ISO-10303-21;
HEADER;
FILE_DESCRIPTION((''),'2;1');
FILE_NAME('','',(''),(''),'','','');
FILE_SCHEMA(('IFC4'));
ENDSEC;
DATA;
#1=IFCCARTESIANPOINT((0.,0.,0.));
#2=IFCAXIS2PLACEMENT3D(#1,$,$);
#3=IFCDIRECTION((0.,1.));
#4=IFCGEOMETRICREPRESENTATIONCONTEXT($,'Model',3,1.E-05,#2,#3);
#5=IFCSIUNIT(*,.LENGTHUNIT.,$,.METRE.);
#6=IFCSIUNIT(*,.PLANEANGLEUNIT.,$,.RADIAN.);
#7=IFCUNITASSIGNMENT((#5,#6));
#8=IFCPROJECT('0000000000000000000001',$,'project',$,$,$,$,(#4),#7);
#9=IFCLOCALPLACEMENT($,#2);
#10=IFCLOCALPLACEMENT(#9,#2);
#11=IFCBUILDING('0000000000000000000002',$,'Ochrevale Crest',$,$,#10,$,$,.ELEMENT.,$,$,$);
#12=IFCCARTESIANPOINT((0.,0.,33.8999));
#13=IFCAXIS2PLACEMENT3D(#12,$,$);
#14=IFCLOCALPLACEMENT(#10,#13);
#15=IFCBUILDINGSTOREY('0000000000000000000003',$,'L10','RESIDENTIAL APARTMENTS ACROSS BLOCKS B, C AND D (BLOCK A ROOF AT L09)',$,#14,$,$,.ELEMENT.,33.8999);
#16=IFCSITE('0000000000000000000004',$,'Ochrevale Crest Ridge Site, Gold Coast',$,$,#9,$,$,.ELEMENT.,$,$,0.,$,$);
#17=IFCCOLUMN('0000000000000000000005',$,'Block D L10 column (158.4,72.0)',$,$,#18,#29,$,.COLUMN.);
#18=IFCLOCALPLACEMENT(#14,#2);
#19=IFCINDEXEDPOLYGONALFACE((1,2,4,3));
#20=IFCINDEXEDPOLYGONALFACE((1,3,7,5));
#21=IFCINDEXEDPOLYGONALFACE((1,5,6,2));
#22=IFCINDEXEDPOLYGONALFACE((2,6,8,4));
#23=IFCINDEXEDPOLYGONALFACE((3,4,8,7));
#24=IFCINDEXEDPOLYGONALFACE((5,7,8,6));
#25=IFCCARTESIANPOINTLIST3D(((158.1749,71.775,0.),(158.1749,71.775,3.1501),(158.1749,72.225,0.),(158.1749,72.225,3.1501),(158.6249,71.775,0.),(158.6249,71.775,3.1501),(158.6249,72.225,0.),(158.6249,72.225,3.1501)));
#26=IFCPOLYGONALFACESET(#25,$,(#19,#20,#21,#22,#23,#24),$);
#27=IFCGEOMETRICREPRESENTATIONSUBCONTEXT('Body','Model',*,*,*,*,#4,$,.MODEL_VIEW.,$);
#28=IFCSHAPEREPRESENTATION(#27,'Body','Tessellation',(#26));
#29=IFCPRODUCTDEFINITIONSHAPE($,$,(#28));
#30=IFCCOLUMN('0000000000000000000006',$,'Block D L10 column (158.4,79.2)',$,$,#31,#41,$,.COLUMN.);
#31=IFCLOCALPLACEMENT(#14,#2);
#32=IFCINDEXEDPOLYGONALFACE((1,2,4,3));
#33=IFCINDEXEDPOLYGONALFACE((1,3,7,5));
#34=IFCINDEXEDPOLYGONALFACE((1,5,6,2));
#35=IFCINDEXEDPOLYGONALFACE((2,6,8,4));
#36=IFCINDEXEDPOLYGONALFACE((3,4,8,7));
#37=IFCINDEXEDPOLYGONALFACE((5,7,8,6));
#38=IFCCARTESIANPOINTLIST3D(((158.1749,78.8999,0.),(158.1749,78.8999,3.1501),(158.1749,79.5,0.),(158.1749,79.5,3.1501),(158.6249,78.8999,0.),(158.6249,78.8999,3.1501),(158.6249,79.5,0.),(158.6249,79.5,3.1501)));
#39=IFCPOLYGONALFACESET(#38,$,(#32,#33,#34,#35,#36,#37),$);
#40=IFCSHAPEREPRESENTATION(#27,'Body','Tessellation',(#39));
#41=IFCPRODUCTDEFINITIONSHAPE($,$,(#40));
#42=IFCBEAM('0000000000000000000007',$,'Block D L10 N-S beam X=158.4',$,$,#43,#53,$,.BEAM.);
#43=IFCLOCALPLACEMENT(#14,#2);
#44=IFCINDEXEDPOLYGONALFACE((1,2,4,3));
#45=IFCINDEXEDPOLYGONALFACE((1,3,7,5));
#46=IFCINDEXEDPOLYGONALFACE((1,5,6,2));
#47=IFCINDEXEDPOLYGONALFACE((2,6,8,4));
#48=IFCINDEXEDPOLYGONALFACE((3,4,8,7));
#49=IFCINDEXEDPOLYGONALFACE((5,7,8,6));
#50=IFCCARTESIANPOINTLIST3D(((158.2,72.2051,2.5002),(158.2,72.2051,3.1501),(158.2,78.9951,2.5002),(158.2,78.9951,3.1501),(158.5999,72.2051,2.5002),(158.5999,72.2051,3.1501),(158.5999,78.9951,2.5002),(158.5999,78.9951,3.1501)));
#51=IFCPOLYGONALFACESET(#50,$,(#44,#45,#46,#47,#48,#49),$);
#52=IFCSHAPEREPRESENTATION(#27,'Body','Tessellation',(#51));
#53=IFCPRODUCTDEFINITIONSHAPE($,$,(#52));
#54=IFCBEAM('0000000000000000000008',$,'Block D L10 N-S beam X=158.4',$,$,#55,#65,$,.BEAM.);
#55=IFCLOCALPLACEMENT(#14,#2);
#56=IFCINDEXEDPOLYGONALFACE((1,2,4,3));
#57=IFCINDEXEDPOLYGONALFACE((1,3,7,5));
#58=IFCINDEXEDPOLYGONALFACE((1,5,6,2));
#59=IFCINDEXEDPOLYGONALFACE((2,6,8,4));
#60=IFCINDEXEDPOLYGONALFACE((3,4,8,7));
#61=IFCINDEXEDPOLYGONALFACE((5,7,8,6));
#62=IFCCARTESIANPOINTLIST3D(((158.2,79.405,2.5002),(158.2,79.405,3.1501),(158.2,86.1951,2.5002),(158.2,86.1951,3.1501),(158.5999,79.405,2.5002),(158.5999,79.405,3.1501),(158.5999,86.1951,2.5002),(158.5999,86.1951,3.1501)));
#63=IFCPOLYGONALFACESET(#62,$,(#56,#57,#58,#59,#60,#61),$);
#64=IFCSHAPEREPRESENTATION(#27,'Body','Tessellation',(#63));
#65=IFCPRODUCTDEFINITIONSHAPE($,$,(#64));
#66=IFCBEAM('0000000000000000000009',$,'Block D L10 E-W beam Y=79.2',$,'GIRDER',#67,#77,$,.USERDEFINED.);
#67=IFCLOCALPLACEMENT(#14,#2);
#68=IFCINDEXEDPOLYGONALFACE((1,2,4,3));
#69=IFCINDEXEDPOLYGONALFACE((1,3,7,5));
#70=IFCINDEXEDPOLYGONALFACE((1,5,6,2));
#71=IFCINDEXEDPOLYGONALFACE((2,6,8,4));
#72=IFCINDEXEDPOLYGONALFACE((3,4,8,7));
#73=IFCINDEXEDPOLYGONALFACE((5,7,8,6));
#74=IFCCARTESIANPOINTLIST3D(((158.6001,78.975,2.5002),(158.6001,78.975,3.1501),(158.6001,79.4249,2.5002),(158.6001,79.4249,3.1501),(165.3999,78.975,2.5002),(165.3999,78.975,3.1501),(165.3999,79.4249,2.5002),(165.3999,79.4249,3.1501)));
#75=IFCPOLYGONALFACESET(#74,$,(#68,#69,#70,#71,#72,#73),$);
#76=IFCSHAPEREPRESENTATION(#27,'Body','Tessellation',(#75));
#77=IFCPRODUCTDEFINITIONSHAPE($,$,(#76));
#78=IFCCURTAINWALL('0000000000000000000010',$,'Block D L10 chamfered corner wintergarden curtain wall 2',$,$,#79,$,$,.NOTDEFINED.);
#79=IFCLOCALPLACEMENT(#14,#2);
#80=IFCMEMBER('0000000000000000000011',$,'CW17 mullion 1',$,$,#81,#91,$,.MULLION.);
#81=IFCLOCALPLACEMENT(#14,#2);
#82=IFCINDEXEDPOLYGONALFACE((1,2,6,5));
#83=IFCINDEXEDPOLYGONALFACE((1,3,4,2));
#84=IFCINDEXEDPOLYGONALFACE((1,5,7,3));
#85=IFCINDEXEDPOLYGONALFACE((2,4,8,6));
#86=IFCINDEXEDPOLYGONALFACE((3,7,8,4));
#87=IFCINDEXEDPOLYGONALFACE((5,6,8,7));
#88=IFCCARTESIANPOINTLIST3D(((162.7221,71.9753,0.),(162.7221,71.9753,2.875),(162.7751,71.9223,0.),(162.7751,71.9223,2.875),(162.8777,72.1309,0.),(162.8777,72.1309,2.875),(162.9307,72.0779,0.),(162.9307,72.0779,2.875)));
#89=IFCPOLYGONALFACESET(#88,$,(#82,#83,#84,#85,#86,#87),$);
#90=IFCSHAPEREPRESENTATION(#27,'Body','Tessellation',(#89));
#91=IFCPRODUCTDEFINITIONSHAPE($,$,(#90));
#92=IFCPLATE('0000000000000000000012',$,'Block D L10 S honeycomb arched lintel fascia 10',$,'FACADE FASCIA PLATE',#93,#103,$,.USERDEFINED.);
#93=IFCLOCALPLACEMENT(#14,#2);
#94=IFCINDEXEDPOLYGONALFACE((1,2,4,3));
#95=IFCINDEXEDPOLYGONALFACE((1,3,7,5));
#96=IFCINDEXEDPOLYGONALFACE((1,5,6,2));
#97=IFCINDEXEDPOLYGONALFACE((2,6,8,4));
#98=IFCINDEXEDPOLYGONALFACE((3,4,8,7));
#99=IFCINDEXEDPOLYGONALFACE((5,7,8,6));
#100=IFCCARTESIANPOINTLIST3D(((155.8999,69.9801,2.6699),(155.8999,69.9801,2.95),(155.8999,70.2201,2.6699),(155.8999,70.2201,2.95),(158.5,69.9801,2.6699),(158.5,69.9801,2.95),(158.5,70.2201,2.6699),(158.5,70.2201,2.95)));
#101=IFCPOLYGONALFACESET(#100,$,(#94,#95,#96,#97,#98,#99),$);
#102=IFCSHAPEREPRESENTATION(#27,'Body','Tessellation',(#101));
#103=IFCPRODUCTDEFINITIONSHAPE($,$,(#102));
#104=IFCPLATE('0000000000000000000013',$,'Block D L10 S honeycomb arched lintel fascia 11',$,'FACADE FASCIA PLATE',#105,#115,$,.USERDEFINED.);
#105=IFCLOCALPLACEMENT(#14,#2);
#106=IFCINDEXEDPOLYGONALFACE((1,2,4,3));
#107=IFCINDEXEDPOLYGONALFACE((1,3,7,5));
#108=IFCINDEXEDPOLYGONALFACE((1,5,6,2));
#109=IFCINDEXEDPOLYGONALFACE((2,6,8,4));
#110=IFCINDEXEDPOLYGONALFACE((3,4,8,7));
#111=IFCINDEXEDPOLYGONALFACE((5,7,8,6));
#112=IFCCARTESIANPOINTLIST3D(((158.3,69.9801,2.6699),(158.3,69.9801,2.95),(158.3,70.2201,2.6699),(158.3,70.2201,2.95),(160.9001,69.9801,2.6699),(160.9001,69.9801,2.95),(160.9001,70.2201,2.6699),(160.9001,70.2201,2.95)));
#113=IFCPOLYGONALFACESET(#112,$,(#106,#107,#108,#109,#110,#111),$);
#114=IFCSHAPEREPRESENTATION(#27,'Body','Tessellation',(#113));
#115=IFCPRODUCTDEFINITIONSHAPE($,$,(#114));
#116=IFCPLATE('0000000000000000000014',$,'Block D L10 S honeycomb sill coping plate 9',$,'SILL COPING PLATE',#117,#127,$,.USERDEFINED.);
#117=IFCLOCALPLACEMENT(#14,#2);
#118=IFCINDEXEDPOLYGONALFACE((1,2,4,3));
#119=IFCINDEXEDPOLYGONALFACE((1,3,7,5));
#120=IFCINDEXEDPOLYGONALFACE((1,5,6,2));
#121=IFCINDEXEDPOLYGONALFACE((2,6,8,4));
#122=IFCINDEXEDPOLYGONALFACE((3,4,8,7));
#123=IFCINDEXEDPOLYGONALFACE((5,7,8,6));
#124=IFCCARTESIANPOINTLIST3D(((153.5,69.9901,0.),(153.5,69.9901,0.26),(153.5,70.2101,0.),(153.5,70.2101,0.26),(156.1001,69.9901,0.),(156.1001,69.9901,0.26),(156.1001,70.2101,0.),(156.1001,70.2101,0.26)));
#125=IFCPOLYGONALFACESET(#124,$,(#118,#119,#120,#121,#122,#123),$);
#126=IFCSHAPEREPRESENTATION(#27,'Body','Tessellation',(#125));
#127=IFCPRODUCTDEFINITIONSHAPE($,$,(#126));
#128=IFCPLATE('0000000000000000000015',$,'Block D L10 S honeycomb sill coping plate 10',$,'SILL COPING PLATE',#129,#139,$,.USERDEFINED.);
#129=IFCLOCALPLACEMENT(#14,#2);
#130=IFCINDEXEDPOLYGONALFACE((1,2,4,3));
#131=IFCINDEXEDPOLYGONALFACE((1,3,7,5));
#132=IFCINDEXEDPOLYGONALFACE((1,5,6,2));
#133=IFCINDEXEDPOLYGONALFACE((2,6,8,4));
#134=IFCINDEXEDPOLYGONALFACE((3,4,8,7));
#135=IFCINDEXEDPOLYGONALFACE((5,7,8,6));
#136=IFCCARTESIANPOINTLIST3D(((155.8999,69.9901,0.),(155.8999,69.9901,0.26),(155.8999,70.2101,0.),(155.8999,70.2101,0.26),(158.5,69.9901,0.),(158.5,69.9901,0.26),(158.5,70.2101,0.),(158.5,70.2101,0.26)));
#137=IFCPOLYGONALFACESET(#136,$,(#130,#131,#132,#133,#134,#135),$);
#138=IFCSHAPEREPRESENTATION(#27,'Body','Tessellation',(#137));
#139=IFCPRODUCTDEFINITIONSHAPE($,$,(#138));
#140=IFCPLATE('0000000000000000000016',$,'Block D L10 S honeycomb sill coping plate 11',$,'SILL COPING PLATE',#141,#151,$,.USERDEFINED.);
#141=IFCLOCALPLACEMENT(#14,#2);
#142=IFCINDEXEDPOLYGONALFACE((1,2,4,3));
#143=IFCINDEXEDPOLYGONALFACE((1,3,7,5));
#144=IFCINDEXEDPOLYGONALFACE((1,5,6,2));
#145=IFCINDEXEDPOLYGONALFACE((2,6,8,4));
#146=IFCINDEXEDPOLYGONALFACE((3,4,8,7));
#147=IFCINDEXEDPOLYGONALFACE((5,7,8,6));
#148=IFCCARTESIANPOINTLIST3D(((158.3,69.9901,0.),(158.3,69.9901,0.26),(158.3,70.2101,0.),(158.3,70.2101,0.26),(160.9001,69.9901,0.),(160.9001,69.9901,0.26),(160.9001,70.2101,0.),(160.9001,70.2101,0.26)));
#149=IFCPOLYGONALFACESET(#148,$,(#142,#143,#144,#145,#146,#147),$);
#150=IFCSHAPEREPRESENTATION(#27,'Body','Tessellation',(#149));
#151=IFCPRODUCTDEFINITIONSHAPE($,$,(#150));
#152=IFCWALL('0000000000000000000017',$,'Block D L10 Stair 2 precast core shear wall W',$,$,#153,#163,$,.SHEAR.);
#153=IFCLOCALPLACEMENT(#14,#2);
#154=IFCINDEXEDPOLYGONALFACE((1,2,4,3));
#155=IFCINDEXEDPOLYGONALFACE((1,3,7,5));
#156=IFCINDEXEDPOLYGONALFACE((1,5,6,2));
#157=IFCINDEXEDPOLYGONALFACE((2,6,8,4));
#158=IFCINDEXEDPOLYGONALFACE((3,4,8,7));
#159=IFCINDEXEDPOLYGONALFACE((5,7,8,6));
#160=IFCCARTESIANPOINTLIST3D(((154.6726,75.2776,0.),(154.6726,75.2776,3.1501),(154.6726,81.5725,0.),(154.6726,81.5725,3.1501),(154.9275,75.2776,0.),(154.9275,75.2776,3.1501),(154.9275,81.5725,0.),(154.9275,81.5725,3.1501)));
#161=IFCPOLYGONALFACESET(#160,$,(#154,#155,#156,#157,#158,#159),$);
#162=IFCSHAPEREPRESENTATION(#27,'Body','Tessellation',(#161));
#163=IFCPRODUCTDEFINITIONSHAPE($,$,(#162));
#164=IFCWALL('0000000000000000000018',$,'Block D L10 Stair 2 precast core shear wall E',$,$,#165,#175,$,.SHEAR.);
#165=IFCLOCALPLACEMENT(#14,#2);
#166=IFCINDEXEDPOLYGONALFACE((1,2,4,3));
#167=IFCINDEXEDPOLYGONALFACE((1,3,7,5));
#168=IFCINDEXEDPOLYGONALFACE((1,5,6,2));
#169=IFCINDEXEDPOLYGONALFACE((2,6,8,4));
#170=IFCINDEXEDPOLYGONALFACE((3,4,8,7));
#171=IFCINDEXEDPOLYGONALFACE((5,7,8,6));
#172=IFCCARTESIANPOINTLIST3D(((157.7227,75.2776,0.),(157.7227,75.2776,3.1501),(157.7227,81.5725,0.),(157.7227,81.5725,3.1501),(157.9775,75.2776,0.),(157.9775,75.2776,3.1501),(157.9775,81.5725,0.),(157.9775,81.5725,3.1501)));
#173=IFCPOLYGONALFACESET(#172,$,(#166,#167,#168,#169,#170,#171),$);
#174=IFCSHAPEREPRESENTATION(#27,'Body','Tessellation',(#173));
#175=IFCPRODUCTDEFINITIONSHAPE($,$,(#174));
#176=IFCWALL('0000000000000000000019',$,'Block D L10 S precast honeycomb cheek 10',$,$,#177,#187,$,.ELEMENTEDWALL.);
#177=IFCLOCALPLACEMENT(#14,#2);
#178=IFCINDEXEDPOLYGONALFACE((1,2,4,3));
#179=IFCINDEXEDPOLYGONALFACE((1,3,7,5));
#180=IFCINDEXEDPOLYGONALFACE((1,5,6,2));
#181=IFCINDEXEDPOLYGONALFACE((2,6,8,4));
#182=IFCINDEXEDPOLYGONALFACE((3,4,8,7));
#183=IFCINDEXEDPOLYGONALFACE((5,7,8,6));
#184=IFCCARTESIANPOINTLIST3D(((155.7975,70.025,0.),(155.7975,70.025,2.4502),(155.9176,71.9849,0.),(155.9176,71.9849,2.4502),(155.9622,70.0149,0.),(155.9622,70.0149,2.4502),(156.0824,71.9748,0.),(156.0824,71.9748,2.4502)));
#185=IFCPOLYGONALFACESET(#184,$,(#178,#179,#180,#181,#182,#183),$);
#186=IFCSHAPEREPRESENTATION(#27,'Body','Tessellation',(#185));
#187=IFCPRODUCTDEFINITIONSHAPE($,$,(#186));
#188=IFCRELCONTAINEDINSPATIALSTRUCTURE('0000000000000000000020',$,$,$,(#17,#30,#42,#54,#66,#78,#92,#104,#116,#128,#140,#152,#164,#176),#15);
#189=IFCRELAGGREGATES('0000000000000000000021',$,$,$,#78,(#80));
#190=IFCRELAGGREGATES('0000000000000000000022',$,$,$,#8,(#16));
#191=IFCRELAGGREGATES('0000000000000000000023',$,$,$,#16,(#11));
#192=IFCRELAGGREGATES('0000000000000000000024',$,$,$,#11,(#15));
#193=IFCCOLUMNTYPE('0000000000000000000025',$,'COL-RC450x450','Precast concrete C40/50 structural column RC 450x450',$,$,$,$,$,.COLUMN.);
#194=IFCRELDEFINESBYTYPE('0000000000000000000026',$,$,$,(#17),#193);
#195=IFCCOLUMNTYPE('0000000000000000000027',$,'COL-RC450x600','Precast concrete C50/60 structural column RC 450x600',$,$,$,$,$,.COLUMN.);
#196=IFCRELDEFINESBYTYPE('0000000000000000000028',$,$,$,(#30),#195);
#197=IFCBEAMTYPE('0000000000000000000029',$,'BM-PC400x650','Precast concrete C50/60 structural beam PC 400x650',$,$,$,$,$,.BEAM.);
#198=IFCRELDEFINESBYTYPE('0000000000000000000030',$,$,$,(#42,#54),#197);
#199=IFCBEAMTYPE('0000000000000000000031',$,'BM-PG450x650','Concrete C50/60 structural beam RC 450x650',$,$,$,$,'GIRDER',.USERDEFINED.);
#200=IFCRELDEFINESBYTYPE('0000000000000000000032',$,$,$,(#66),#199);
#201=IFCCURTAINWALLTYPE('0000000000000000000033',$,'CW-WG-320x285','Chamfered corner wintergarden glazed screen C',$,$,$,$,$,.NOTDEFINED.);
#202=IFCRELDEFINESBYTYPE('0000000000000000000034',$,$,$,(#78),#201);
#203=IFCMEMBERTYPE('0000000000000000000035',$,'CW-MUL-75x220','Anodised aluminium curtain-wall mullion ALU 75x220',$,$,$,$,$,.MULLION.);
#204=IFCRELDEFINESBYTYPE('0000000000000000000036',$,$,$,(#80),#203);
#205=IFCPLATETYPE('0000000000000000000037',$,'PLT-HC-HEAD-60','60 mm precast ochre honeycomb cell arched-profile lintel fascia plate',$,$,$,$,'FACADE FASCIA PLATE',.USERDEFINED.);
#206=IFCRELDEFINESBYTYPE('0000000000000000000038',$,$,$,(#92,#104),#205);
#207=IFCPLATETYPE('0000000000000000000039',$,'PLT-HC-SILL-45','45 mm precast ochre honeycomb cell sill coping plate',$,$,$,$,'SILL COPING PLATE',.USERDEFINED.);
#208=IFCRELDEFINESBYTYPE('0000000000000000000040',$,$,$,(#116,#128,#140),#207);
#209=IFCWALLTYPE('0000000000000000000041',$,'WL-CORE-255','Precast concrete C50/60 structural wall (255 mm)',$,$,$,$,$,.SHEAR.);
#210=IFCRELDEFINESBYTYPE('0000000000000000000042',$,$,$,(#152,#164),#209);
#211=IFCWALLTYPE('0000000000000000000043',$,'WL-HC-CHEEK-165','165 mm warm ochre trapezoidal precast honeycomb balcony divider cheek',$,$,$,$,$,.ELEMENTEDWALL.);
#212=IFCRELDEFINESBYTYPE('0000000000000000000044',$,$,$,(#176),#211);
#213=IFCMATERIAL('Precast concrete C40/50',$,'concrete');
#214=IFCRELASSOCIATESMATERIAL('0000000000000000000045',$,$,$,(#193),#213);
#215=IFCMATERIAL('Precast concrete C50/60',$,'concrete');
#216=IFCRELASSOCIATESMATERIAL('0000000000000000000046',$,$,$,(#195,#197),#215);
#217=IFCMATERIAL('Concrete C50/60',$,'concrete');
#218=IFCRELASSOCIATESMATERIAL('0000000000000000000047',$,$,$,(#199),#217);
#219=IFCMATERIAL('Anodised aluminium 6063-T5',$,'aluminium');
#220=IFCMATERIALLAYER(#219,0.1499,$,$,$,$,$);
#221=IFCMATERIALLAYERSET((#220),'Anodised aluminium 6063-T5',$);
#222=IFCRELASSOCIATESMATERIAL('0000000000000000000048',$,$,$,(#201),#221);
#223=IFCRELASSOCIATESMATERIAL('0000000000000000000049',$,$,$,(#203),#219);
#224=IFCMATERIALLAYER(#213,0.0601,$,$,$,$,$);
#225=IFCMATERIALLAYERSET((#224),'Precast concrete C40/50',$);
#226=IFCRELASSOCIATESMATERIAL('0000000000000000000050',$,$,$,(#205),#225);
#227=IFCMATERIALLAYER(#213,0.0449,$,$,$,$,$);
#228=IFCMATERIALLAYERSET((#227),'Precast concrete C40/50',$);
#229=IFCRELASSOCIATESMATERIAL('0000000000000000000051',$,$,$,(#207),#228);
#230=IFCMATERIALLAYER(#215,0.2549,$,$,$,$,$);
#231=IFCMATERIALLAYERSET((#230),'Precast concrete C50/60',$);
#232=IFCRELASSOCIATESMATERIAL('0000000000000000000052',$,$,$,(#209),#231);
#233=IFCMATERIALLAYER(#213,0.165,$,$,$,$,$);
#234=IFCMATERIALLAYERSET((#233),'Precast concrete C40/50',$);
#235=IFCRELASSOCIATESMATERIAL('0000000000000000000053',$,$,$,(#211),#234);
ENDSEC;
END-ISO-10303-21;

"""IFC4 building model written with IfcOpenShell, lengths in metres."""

from ifc_helpers import new_model, si_unit, direction, frame, frame_2d, origin, origin_2d, place, context, subcontext, project, spatial, rectangle, extrude, material, layer, layer_set, material_profile, profile_set, type_object, element, aggregate, save


model = new_model("IFC4")

# Units and contexts
model_context = context("Model", 3, precision=1e-05, world=origin(), true_north=direction((0.0, 1.0)))
body_context = subcontext(model_context, "Body", "Model", "MODEL_VIEW")
ifc_project = project(units=[si_unit("LENGTHUNIT", "METRE"), si_unit("PLANEANGLEUNIT", "RADIAN")], contexts=[model_context])

# Site, building, storey
site_placement = place(None, origin())
site = spatial("IfcSite", under=ifc_project, at=site_placement, Name="Ochrevale Crest Ridge Site, Gold Coast", CompositionType="ELEMENT", RefElevation=0.0)
building_placement = place(site_placement, origin())
building = spatial("IfcBuilding", under=site, at=building_placement, Name="Ochrevale Crest", CompositionType="ELEMENT")
storey_placement = place(building_placement, frame((0.0, 0.0, 33.8999)))
storey = spatial("IfcBuildingStorey", under=building, at=storey_placement, Name="L10", Description="RESIDENTIAL APARTMENTS ACROSS BLOCKS B, C AND D (BLOCK A ROOF AT L09)", CompositionType="ELEMENT", Elevation=33.8999)

# Columns
ifc_material_1 = material(Name="Precast concrete C40/50", Category="concrete")
ifc_material_profile_1 = material_profile(ifc_material_1, rectangle(XDim=0.45, YDim=0.45, at=origin_2d()), Name="RC 450x450")
ifc_profile_set_1 = profile_set([ifc_material_profile_1], Name="Precast concrete C40/50")
column_type_1 = type_object("IfcColumnType", Name="COL-RC450x450", Description="Precast concrete C40/50 structural column RC 450x450", PredefinedType="COLUMN", material=ifc_profile_set_1)
column_1_placement = place(storey_placement, frame((158.3999, 72.0, 0.0), z_axis=(0.0, 0.0, 1.0), x_axis=(1.0, 0.0, 0.0)))
element("IfcColumn", 1, at=column_1_placement, inside=storey, type_object=column_type_1, Name="Block D L10 column (158.4,72.0)", PredefinedType="COLUMN", context=body_context, shape_type="SweptSolid", body=[
    extrude(rectangle(XDim=0.45, YDim=0.45, at=origin_2d()), origin(), (0.0, 0.0, 1.0), 3.1501),
])
ifc_material_2 = material(Name="Precast concrete C50/60", Category="concrete")
ifc_material_profile_2 = material_profile(ifc_material_2, rectangle(XDim=0.45, YDim=0.6001, at=origin_2d()), Name="RC 450x600")
ifc_profile_set_2 = profile_set([ifc_material_profile_2], Name="Precast concrete C50/60")
column_type_2 = type_object("IfcColumnType", Name="COL-RC450x600", Description="Precast concrete C50/60 structural column RC 450x600", PredefinedType="COLUMN", material=ifc_profile_set_2)
column_2_placement = place(storey_placement, frame((158.3999, 79.2, 0.0), z_axis=(0.0, 0.0, 1.0), x_axis=(1.0, 0.0, 0.0)))
element("IfcColumn", 2, at=column_2_placement, inside=storey, type_object=column_type_2, Name="Block D L10 column (158.4,79.2)", PredefinedType="COLUMN", context=body_context, shape_type="SweptSolid", body=[
    extrude(rectangle(XDim=0.45, YDim=0.6001, at=origin_2d()), origin(), (0.0, 0.0, 1.0), 3.1501),
])

# Beams
ifc_material_profile_3 = material_profile(ifc_material_2, rectangle(XDim=0.3999, YDim=0.6499, at=origin_2d()), Name="PC 400x650")
ifc_profile_set_3 = profile_set([ifc_material_profile_3], Name="Precast concrete C50/60")
beam_type_1 = type_object("IfcBeamType", Name="BM-PC400x650", Description="Precast concrete C50/60 structural beam PC 400x650", PredefinedType="BEAM", material=ifc_profile_set_3)
for number, where, z_axis, x_axis, name in (
    (3, (158.3999, 72.2051, 2.8252), (0.0, 1.0, 0.0), (-1.0, 0.0, 0.0), "Block D L10 N-S beam X=158.4"),
    (4, (158.3999, 79.405, 2.8252), (0.0, 1.0, 0.0), (-1.0, 0.0, 0.0), "Block D L10 N-S beam X=158.4"),
):
    element("IfcBeam", number, at=place(storey_placement, frame(where, z_axis=z_axis, x_axis=x_axis)), inside=storey, type_object=beam_type_1, Name=name, PredefinedType="BEAM", context=body_context, shape_type="SweptSolid", body=[
        extrude(rectangle(XDim=0.3999, YDim=0.6499, at=origin_2d()), origin(), (0.0, 0.0, 1.0), 6.79),
    ])
ifc_material_3 = material(Name="Concrete C50/60", Category="concrete")
ifc_material_profile_4 = material_profile(ifc_material_3, rectangle(XDim=0.45, YDim=0.6499, at=origin_2d()), Name="RC 450x650")
ifc_profile_set_4 = profile_set([ifc_material_profile_4], Name="Concrete C50/60")
beam_type_2 = type_object("IfcBeamType", Name="BM-PG450x650", Description="Concrete C50/60 structural beam RC 450x650", ElementType="GIRDER", PredefinedType="USERDEFINED", material=ifc_profile_set_4)
beam_placement = place(storey_placement, frame((158.6001, 79.2, 2.8252), z_axis=(1.0, 0.0, 0.0), x_axis=(0.0, 1.0, 0.0)))
element("IfcBeam", 5, at=beam_placement, inside=storey, type_object=beam_type_2, Name="Block D L10 E-W beam Y=79.2", ObjectType="GIRDER", PredefinedType="USERDEFINED", context=body_context, shape_type="SweptSolid", body=[
    extrude(rectangle(XDim=0.45, YDim=0.6499, at=origin_2d()), origin(), (0.0, 0.0, 1.0), 6.7998),
])

# Curtain wall, member
ifc_material_4 = material(Name="Anodised aluminium 6063-T5", Category="aluminium")
ifc_layer_1 = layer(ifc_material_4, 0.1499)
ifc_layer_set_1 = layer_set([ifc_layer_1], Name="Anodised aluminium 6063-T5")
curtain_wall_type = type_object("IfcCurtainWallType", Name="CW-WG-320x285", Description="Chamfered corner wintergarden glazed screen C", PredefinedType="NOTDEFINED", material=ifc_layer_set_1)
curtain_wall_placement = place(storey_placement, origin())
curtain_wall = element("IfcCurtainWall", 6, at=curtain_wall_placement, inside=storey, type_object=curtain_wall_type, Name="Block D L10 chamfered corner wintergarden curtain wall 2", PredefinedType="NOTDEFINED")
ifc_material_profile_5 = material_profile(ifc_material_4, rectangle(XDim=0.075, YDim=0.22, at=origin_2d()), Name="ALU 75x220")
ifc_profile_set_5 = profile_set([ifc_material_profile_5], Name="Anodised aluminium 6063-T5")
member_type = type_object("IfcMemberType", Name="CW-MUL-75x220", Description="Anodised aluminium curtain-wall mullion ALU 75x220", PredefinedType="MULLION", material=ifc_profile_set_5)
member_placement = place(storey_placement, frame((162.8264, 72.0266, 0.0), z_axis=(0.0, 0.0, 1.0), x_axis=(-0.707107, 0.707107, 0.0)))
member = element("IfcMember", 7, at=member_placement, type_object=member_type, Name="CW17 mullion 1", PredefinedType="MULLION", context=body_context, shape_type="SweptSolid", body=[
    extrude(rectangle(XDim=0.075, YDim=0.22, at=origin_2d()), origin(), (0.0, 0.0, 1.0), 2.875),
])
aggregate(curtain_wall, [member])

# Plates
ifc_layer_2 = layer(ifc_material_1, 0.0601)
ifc_layer_set_2 = layer_set([ifc_layer_2], Name="Precast concrete C40/50")
plate_type_1 = type_object("IfcPlateType", Name="PLT-HC-HEAD-60", Description="60 mm precast ochre honeycomb cell arched-profile lintel fascia plate", ElementType="FACADE FASCIA PLATE", PredefinedType="USERDEFINED", material=ifc_layer_set_2)
for number, where, z_axis, x_axis, name in (
    (8, (157.2, 70.1001, 2.6699), (0.0, 0.0, 1.0), (1.0, 0.0, 0.0), "Block D L10 S honeycomb arched lintel fascia 10"),
    (9, (159.6001, 70.1001, 2.6699), (0.0, 0.0, 1.0), (1.0, 0.0, 0.0), "Block D L10 S honeycomb arched lintel fascia 11"),
):
    element("IfcPlate", number, at=place(storey_placement, frame(where, z_axis=z_axis, x_axis=x_axis)), inside=storey, type_object=plate_type_1, Name=name, ObjectType="FACADE FASCIA PLATE", PredefinedType="USERDEFINED", context=body_context, shape_type="SweptSolid", body=[
        extrude(rectangle(XDim=2.6001, YDim=0.24, at=origin_2d()), origin(), (0.0, 0.0, 1.0), 0.28),
    ])
ifc_layer_3 = layer(ifc_material_1, 0.0449)
ifc_layer_set_3 = layer_set([ifc_layer_3], Name="Precast concrete C40/50")
plate_type_2 = type_object("IfcPlateType", Name="PLT-HC-SILL-45", Description="45 mm precast ochre honeycomb cell sill coping plate", ElementType="SILL COPING PLATE", PredefinedType="USERDEFINED", material=ifc_layer_set_3)
for number, where, z_axis, x_axis, name in (
    (10, (154.8, 70.1001, 0.0), (0.0, 0.0, 1.0), (1.0, 0.0, 0.0), "Block D L10 S honeycomb sill coping plate 9"),
    (11, (157.2, 70.1001, 0.0), (0.0, 0.0, 1.0), (1.0, 0.0, 0.0), "Block D L10 S honeycomb sill coping plate 10"),
    (12, (159.6001, 70.1001, 0.0), (0.0, 0.0, 1.0), (1.0, 0.0, 0.0), "Block D L10 S honeycomb sill coping plate 11"),
):
    element("IfcPlate", number, at=place(storey_placement, frame(where, z_axis=z_axis, x_axis=x_axis)), inside=storey, type_object=plate_type_2, Name=name, ObjectType="SILL COPING PLATE", PredefinedType="USERDEFINED", context=body_context, shape_type="SweptSolid", body=[
        extrude(rectangle(XDim=2.6001, YDim=0.22, at=origin_2d()), origin(), (0.0, 0.0, 1.0), 0.26),
    ])

# Walls
ifc_layer_4 = layer(ifc_material_2, 0.2549)
ifc_layer_set_4 = layer_set([ifc_layer_4], Name="Precast concrete C50/60")
wall_type_1 = type_object("IfcWallType", Name="WL-CORE-255", Description="Precast concrete C50/60 structural wall (255 mm)", PredefinedType="SHEAR", material=ifc_layer_set_4)
for number, where, z_axis, x_axis, name in (
    (13, (154.8, 75.2776, 0.0), (0.0, 0.0, 1.0), (0.0, 1.0, 0.0), "Block D L10 Stair 2 precast core shear wall W"),
    (14, (157.8501, 75.2776, 0.0), (0.0, 0.0, 1.0), (0.0, 1.0, 0.0), "Block D L10 Stair 2 precast core shear wall E"),
):
    element("IfcWall", number, at=place(storey_placement, frame(where, z_axis=z_axis, x_axis=x_axis)), inside=storey, type_object=wall_type_1, Name=name, PredefinedType="SHEAR", context=body_context, shape_type="SweptSolid", body=[
        extrude(rectangle(XDim=6.2949, YDim=0.2549, at=frame_2d((3.1475, 0.0))), origin(), (0.0, 0.0, 1.0), 3.1501),
    ])
ifc_layer_5 = layer(ifc_material_1, 0.165)
ifc_layer_set_5 = layer_set([ifc_layer_5], Name="Precast concrete C40/50")
wall_type_2 = type_object("IfcWallType", Name="WL-HC-CHEEK-165", Description="165 mm warm ochre trapezoidal precast honeycomb balcony divider cheek", PredefinedType="ELEMENTEDWALL", material=ifc_layer_set_5)
wall_1_placement = place(storey_placement, frame((156.0, 71.98, 0.0), z_axis=(0.0, 0.0, 1.0), x_axis=(-0.061171, -0.998127, 0.0)))
element("IfcWall", 15, at=wall_1_placement, inside=storey, type_object=wall_type_2, Name="Block D L10 S precast honeycomb cheek 10", PredefinedType="ELEMENTEDWALL", context=body_context, shape_type="SweptSolid", body=[
    extrude(rectangle(XDim=1.9636, YDim=0.165, at=frame_2d((0.9819, 0.0))), origin(), (0.0, 0.0, 1.0), 2.4502),
])

save(model, "model.ifc")
